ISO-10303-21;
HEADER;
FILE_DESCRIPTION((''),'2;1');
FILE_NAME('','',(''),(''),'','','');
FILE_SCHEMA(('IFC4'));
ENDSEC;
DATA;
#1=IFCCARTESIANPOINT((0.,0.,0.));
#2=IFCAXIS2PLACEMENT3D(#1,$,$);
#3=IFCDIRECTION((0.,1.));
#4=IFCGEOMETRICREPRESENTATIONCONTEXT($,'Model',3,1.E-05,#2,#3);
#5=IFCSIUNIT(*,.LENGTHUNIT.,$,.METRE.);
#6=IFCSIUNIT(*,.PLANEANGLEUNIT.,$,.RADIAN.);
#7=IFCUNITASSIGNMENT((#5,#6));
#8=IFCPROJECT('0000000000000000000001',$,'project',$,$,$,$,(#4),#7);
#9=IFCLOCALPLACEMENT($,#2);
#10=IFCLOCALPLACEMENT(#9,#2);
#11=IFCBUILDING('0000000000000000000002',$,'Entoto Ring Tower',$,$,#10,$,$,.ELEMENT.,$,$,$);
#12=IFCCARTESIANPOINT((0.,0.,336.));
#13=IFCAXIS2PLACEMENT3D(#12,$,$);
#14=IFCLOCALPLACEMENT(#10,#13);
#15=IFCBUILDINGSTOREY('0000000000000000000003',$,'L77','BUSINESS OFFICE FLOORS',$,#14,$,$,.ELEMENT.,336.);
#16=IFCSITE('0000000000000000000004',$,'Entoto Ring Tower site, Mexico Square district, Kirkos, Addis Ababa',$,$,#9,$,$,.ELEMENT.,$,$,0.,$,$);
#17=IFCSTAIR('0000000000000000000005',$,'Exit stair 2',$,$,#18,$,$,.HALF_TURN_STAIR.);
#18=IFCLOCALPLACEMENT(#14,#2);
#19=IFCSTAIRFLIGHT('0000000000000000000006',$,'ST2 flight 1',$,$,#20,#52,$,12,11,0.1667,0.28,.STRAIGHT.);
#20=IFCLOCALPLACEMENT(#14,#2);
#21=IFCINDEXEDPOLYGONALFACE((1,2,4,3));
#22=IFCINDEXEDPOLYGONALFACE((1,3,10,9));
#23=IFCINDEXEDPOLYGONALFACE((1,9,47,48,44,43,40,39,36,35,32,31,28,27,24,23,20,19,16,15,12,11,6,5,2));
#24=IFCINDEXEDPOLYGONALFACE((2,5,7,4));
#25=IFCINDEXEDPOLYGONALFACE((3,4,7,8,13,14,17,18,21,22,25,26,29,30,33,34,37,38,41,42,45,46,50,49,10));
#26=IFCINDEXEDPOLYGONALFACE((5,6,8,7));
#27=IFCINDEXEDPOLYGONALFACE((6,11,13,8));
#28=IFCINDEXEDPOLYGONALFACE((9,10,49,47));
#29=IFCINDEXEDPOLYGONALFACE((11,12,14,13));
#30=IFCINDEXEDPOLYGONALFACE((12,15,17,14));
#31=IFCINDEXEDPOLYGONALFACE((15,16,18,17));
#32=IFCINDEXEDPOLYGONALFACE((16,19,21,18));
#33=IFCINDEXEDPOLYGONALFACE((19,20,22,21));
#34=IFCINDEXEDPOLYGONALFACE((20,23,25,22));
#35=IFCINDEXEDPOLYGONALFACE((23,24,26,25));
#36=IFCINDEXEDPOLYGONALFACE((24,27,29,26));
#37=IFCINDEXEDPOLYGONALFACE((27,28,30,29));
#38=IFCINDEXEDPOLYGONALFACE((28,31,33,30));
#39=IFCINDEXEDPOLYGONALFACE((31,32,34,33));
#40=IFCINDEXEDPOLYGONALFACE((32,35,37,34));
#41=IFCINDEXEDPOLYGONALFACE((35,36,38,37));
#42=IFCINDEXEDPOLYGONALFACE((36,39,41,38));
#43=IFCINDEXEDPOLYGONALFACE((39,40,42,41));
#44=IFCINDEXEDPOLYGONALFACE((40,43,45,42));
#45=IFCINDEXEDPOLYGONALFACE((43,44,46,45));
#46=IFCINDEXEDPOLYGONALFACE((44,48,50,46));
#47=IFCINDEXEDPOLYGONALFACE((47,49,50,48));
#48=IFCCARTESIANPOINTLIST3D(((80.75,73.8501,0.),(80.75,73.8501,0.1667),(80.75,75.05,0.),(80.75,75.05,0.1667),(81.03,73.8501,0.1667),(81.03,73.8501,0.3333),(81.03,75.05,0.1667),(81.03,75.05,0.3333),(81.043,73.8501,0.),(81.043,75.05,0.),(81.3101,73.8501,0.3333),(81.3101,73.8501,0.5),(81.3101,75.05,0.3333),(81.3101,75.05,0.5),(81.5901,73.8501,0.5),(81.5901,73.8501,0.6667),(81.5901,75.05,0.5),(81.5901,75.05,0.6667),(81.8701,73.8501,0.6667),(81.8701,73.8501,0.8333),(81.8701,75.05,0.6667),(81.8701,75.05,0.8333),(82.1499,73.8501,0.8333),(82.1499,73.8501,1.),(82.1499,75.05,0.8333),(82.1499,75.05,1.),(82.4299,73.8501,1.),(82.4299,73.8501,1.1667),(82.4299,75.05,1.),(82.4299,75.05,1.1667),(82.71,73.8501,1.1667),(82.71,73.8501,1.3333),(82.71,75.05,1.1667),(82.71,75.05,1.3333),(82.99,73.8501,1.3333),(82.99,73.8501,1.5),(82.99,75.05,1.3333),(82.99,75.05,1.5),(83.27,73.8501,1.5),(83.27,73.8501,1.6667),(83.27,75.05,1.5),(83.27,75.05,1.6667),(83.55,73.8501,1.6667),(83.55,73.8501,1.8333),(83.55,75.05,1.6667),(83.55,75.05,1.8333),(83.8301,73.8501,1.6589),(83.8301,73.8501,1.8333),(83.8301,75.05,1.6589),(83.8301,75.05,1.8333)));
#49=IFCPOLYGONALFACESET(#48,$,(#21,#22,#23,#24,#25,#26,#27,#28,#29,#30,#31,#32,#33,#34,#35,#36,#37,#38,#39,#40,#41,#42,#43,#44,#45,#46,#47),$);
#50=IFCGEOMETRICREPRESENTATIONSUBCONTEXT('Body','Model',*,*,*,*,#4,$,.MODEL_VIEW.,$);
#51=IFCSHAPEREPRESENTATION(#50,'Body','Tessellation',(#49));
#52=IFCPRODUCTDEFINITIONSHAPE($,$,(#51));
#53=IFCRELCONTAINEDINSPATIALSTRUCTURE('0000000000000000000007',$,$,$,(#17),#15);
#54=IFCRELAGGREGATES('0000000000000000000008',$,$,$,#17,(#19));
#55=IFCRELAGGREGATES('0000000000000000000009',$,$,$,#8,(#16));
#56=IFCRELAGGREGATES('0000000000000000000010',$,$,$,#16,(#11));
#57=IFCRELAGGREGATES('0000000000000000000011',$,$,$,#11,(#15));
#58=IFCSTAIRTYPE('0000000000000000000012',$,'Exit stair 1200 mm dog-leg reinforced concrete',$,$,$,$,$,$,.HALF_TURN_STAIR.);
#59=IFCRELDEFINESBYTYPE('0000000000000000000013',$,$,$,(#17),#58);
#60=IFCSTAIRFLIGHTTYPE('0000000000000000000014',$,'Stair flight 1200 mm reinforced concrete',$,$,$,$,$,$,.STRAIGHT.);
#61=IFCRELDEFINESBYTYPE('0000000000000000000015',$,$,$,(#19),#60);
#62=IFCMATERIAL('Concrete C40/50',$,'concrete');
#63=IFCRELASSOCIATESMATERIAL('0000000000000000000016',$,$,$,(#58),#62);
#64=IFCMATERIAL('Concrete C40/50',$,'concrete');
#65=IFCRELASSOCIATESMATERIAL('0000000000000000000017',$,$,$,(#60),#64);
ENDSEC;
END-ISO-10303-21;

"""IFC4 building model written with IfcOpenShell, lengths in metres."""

from ifc_helpers import new_model, si_unit, direction, frame, origin, place, context, subcontext, project, spatial, polyline, outline, extrude, material, type_object, element, aggregate, save


model = new_model("IFC4")

# Units and contexts
model_context = context("Model", 3, precision=1e-05, world=origin(), true_north=direction((0.0, 1.0)))
body_context = subcontext(model_context, "Body", "Model", "MODEL_VIEW")
ifc_project = project(units=[si_unit("LENGTHUNIT", "METRE"), si_unit("PLANEANGLEUNIT", "RADIAN")], contexts=[model_context])

# Site, building, storey
site_placement = place(None, origin())
site = spatial("IfcSite", under=ifc_project, at=site_placement, Name="Entoto Ring Tower site, Mexico Square district, Kirkos, Addis Ababa", CompositionType="ELEMENT", RefElevation=0.0)
building_placement = place(site_placement, origin())
building = spatial("IfcBuilding", under=site, at=building_placement, Name="Entoto Ring Tower", CompositionType="ELEMENT")
storey_placement = place(building_placement, frame((0.0, 0.0, 336.0)))
storey = spatial("IfcBuildingStorey", under=building, at=storey_placement, Name="L77", Description="BUSINESS OFFICE FLOORS", CompositionType="ELEMENT", Elevation=336.0)

# Stair, stair flight
ifc_material_1 = material(Name="Concrete C40/50", Category="concrete")
stair_type = type_object("IfcStairType", Name="Exit stair 1200 mm dog-leg reinforced concrete", PredefinedType="HALF_TURN_STAIR", material=ifc_material_1)
stair_placement = place(storey_placement, origin())
stair = element("IfcStair", 1, at=stair_placement, inside=storey, type_object=stair_type, Name="Exit stair 2", PredefinedType="HALF_TURN_STAIR")
ifc_material_2 = material(Name="Concrete C40/50", Category="concrete")
stair_flight_type = type_object("IfcStairFlightType", Name="Stair flight 1200 mm reinforced concrete", PredefinedType="STRAIGHT", material=ifc_material_2)
stair_flight_placement = place(storey_placement, frame((80.75, 74.45, 0.0), z_axis=(0.0, 0.0, 1.0), x_axis=(1.0, 0.0, 0.0)))
stair_flight = element("IfcStairFlight", 2, at=stair_flight_placement, type_object=stair_flight_type, Name="ST2 flight 1", NumberOfRisers=12, NumberOfTreads=11, PredefinedType="STRAIGHT", RiserHeight=0.1667, TreadLength=0.28, context=body_context, shape_type="SweptSolid", body=[
    extrude(outline(polyline([(0.0, 0.0), (0.0, 0.1667), (0.28, 0.1667), (0.28, 0.3333), (0.5601, 0.3333), (0.5601, 0.5), (0.8401, 0.5), (0.8401, 0.6667), (1.1201, 0.6667), (1.1201, 0.8333), (1.3999, 0.8333), (1.3999, 1.0), (1.6799, 1.0), (1.6799, 1.1667), (1.96, 1.1667), (1.96, 1.3333), (2.24, 1.3333), (2.24, 1.5), (2.52, 1.5), (2.52, 1.6667), (2.8, 1.6667), (2.8, 1.8333), (3.0801, 1.8333), (3.0801, 2.0), (3.0801, 1.6589), (0.293, 0.0), (0.0, 0.0)])), frame((0.0, 0.6001, 0.0), z_axis=(0.0, -1.0, 0.0), x_axis=(1.0, 0.0, 0.0)), (0.0, 0.0, 1.0), 1.2),
])
aggregate(stair, [stair_flight])

save(model, "model.ifc")
